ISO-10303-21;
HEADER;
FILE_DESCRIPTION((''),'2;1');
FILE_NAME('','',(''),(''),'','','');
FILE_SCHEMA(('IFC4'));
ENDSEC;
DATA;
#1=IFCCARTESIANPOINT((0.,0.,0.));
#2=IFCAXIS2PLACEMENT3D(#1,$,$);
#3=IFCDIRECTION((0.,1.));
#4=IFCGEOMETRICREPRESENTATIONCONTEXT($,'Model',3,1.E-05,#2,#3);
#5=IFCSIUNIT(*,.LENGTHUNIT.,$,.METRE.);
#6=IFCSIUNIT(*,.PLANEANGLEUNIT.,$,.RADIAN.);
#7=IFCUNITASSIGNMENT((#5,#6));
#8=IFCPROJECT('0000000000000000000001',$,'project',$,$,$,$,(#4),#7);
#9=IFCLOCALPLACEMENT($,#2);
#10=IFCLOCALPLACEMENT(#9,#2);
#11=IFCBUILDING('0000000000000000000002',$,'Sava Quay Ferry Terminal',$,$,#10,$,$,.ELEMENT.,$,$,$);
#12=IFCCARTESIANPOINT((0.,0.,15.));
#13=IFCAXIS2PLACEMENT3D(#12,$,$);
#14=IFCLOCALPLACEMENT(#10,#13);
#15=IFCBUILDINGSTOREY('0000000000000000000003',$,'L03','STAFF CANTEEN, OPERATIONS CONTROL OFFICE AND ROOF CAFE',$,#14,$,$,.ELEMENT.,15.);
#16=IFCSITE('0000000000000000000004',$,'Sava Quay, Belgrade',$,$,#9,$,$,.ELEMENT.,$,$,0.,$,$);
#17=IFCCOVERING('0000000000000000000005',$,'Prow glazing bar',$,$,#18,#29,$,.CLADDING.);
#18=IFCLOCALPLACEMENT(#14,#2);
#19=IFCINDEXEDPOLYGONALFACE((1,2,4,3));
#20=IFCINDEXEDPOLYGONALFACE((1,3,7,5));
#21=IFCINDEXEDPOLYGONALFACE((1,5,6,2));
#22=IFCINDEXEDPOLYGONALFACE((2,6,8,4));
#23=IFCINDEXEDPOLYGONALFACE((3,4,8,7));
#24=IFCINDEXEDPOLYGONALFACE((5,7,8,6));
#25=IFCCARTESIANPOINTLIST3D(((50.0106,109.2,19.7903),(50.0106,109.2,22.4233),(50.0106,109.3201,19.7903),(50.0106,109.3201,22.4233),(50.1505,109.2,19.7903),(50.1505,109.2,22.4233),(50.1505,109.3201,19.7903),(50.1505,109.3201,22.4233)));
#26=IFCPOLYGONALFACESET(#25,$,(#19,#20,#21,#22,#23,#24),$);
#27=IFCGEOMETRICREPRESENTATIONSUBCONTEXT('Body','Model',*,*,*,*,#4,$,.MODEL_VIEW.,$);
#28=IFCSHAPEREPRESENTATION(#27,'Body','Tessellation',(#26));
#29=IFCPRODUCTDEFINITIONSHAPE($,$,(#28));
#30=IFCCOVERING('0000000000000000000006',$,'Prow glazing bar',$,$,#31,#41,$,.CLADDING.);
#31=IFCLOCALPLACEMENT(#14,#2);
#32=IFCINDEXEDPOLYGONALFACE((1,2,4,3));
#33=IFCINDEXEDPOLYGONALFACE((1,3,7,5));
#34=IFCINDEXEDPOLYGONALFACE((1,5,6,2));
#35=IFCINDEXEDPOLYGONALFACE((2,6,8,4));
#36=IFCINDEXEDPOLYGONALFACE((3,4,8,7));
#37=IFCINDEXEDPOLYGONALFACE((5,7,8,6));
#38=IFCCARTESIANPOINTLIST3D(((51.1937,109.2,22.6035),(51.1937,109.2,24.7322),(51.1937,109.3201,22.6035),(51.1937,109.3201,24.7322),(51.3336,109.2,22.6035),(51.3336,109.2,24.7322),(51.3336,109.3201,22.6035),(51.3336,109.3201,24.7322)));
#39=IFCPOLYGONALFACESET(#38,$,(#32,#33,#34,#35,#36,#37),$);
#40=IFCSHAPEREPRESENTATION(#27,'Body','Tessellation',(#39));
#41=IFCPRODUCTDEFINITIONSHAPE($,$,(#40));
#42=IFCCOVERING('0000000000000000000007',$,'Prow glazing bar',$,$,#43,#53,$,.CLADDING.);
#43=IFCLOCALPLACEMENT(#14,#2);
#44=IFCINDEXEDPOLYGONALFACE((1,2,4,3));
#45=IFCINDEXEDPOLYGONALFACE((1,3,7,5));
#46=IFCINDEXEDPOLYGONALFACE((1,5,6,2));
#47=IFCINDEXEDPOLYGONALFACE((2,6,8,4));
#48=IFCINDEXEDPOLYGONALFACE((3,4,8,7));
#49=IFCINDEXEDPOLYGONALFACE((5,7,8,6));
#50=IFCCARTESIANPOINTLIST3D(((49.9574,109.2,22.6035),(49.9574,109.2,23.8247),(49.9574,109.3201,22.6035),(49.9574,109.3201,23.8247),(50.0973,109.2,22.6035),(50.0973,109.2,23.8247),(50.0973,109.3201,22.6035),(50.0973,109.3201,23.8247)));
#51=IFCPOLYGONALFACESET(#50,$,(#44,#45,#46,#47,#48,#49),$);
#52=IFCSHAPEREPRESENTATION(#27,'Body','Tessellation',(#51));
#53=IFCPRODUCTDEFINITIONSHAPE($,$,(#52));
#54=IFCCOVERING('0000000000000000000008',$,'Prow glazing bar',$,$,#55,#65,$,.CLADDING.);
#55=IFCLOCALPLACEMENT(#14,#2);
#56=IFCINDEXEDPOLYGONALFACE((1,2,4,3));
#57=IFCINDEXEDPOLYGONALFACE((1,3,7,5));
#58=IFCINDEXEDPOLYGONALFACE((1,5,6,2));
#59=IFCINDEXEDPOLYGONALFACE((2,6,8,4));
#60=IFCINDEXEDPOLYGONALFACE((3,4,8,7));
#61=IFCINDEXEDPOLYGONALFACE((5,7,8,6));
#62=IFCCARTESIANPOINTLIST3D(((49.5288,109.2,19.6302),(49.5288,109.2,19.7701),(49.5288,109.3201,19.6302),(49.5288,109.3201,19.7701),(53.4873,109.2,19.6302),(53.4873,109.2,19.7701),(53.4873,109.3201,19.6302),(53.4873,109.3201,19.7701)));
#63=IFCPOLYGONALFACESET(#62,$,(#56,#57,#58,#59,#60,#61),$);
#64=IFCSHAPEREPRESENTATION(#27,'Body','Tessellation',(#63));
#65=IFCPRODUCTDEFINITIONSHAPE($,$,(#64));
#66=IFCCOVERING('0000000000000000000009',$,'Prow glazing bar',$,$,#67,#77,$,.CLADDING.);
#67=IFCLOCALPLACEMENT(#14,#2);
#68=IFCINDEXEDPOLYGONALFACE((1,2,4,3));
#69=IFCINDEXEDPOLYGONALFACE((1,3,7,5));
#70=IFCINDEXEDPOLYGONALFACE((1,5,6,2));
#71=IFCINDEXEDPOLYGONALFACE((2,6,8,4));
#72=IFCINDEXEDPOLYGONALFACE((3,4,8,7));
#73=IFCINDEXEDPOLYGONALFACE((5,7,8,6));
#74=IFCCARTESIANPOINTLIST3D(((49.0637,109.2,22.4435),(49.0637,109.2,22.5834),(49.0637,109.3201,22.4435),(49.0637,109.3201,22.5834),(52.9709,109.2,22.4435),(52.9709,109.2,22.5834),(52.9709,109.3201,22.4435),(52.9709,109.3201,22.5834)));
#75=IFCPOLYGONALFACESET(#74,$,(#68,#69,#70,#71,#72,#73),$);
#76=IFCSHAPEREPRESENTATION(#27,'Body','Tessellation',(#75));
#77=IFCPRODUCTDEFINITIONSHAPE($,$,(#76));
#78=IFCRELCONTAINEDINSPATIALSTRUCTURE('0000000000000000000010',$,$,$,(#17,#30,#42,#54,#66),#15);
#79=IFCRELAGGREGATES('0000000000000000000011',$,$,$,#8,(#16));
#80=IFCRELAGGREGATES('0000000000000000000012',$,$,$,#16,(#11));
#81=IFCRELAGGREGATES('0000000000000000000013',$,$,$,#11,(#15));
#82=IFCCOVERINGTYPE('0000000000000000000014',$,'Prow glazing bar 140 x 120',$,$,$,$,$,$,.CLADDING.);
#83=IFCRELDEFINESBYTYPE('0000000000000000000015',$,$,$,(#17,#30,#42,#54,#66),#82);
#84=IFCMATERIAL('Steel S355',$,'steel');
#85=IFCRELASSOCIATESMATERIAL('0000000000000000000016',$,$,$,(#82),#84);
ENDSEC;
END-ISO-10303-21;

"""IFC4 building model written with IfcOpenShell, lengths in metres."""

from ifc_helpers import new_model, si_unit, direction, frame, origin, origin_2d, place, context, subcontext, project, spatial, rectangle, extrude, material, material_profile, profile_set, type_object, element, save


model = new_model("IFC4")

# Units and contexts
model_context = context("Model", 3, precision=1e-05, world=origin(), true_north=direction((0.0, 1.0)))
body_context = subcontext(model_context, "Body", "Model", "MODEL_VIEW")
ifc_project = project(units=[si_unit("LENGTHUNIT", "METRE"), si_unit("PLANEANGLEUNIT", "RADIAN")], contexts=[model_context])

# Site, building, storey
site_placement = place(None, origin())
site = spatial("IfcSite", under=ifc_project, at=site_placement, Name="Sava Quay, Belgrade", CompositionType="ELEMENT", RefElevation=0.0)
building_placement = place(site_placement, origin())
building = spatial("IfcBuilding", under=site, at=building_placement, Name="Sava Quay Ferry Terminal", CompositionType="ELEMENT")
storey_placement = place(building_placement, frame((0.0, 0.0, 15.0)))
storey = spatial("IfcBuildingStorey", under=building, at=storey_placement, Name="L03", Description="STAFF CANTEEN, OPERATIONS CONTROL OFFICE AND ROOF CAFE", CompositionType="ELEMENT", Elevation=15.0)

# Coverings
ifc_material_1 = material(Name="Steel S355", Category="steel")
ifc_material_profile_1 = material_profile(ifc_material_1, rectangle(XDim=0.1399, YDim=0.1201, at=origin_2d()), Name="Strip 140 x 120")
ifc_profile_set_1 = profile_set([ifc_material_profile_1], Name="Steel S355")
covering_type_1 = type_object("IfcCoveringType", Name="Prow glazing bar 140 x 120", PredefinedType="CLADDING", material=ifc_profile_set_1)
for number, where, z_axis, x_axis, name in (
    (1, (50.0806, 109.26, 19.7903), (0.0, 0.0, 1.0), (1.0, 0.0, 0.0), "Prow glazing bar"),
):
    element("IfcCovering", number, at=place(storey_placement, frame(where, z_axis=z_axis, x_axis=x_axis)), inside=storey, type_object=covering_type_1, Name=name, PredefinedType="CLADDING", context=body_context, shape_type="SweptSolid", body=[
        extrude(rectangle(XDim=0.1399, YDim=0.1201, at=origin_2d()), origin(), (0.0, 0.0, 1.0), 2.6331),
    ])
covering_1_placement = place(storey_placement, frame((51.2637, 109.26, 22.6035), z_axis=(0.0, 0.0, 1.0), x_axis=(1.0, 0.0, 0.0)))
element("IfcCovering", 2, at=covering_1_placement, inside=storey, type_object=covering_type_1, Name="Prow glazing bar", PredefinedType="CLADDING", context=body_context, shape_type="SweptSolid", body=[
    extrude(rectangle(XDim=0.1399, YDim=0.1201, at=origin_2d()), origin(), (0.0, 0.0, 1.0), 2.1287),
])
covering_2_placement = place(storey_placement, frame((50.0273, 109.26, 22.6035), z_axis=(0.0, 0.0, 1.0), x_axis=(1.0, 0.0, 0.0)))
element("IfcCovering", 3, at=covering_2_placement, inside=storey, type_object=covering_type_1, Name="Prow glazing bar", PredefinedType="CLADDING", context=body_context, shape_type="SweptSolid", body=[
    extrude(rectangle(XDim=0.1399, YDim=0.1201, at=origin_2d()), origin(), (0.0, 0.0, 1.0), 1.2212),
])
covering_3_placement = place(storey_placement, frame((53.4873, 109.26, 19.7002), z_axis=(-1.0, 0.0, 0.0), x_axis=(0.0, 0.0, 1.0)))
element("IfcCovering", 4, at=covering_3_placement, inside=storey, type_object=covering_type_1, Name="Prow glazing bar", PredefinedType="CLADDING", context=body_context, shape_type="SweptSolid", body=[
    extrude(rectangle(XDim=0.1399, YDim=0.1201, at=origin_2d()), origin(), (0.0, 0.0, 1.0), 3.9585),
])
covering_4_placement = place(storey_placement, frame((52.9709, 109.26, 22.5134), z_axis=(-1.0, 0.0, 0.0), x_axis=(0.0, 0.0, 1.0)))
element("IfcCovering", 5, at=covering_4_placement, inside=storey, type_object=covering_type_1, Name="Prow glazing bar", PredefinedType="CLADDING", context=body_context, shape_type="SweptSolid", body=[
    extrude(rectangle(XDim=0.1399, YDim=0.1201, at=origin_2d()), origin(), (0.0, 0.0, 1.0), 3.9072),
])

save(model, "model.ifc")
